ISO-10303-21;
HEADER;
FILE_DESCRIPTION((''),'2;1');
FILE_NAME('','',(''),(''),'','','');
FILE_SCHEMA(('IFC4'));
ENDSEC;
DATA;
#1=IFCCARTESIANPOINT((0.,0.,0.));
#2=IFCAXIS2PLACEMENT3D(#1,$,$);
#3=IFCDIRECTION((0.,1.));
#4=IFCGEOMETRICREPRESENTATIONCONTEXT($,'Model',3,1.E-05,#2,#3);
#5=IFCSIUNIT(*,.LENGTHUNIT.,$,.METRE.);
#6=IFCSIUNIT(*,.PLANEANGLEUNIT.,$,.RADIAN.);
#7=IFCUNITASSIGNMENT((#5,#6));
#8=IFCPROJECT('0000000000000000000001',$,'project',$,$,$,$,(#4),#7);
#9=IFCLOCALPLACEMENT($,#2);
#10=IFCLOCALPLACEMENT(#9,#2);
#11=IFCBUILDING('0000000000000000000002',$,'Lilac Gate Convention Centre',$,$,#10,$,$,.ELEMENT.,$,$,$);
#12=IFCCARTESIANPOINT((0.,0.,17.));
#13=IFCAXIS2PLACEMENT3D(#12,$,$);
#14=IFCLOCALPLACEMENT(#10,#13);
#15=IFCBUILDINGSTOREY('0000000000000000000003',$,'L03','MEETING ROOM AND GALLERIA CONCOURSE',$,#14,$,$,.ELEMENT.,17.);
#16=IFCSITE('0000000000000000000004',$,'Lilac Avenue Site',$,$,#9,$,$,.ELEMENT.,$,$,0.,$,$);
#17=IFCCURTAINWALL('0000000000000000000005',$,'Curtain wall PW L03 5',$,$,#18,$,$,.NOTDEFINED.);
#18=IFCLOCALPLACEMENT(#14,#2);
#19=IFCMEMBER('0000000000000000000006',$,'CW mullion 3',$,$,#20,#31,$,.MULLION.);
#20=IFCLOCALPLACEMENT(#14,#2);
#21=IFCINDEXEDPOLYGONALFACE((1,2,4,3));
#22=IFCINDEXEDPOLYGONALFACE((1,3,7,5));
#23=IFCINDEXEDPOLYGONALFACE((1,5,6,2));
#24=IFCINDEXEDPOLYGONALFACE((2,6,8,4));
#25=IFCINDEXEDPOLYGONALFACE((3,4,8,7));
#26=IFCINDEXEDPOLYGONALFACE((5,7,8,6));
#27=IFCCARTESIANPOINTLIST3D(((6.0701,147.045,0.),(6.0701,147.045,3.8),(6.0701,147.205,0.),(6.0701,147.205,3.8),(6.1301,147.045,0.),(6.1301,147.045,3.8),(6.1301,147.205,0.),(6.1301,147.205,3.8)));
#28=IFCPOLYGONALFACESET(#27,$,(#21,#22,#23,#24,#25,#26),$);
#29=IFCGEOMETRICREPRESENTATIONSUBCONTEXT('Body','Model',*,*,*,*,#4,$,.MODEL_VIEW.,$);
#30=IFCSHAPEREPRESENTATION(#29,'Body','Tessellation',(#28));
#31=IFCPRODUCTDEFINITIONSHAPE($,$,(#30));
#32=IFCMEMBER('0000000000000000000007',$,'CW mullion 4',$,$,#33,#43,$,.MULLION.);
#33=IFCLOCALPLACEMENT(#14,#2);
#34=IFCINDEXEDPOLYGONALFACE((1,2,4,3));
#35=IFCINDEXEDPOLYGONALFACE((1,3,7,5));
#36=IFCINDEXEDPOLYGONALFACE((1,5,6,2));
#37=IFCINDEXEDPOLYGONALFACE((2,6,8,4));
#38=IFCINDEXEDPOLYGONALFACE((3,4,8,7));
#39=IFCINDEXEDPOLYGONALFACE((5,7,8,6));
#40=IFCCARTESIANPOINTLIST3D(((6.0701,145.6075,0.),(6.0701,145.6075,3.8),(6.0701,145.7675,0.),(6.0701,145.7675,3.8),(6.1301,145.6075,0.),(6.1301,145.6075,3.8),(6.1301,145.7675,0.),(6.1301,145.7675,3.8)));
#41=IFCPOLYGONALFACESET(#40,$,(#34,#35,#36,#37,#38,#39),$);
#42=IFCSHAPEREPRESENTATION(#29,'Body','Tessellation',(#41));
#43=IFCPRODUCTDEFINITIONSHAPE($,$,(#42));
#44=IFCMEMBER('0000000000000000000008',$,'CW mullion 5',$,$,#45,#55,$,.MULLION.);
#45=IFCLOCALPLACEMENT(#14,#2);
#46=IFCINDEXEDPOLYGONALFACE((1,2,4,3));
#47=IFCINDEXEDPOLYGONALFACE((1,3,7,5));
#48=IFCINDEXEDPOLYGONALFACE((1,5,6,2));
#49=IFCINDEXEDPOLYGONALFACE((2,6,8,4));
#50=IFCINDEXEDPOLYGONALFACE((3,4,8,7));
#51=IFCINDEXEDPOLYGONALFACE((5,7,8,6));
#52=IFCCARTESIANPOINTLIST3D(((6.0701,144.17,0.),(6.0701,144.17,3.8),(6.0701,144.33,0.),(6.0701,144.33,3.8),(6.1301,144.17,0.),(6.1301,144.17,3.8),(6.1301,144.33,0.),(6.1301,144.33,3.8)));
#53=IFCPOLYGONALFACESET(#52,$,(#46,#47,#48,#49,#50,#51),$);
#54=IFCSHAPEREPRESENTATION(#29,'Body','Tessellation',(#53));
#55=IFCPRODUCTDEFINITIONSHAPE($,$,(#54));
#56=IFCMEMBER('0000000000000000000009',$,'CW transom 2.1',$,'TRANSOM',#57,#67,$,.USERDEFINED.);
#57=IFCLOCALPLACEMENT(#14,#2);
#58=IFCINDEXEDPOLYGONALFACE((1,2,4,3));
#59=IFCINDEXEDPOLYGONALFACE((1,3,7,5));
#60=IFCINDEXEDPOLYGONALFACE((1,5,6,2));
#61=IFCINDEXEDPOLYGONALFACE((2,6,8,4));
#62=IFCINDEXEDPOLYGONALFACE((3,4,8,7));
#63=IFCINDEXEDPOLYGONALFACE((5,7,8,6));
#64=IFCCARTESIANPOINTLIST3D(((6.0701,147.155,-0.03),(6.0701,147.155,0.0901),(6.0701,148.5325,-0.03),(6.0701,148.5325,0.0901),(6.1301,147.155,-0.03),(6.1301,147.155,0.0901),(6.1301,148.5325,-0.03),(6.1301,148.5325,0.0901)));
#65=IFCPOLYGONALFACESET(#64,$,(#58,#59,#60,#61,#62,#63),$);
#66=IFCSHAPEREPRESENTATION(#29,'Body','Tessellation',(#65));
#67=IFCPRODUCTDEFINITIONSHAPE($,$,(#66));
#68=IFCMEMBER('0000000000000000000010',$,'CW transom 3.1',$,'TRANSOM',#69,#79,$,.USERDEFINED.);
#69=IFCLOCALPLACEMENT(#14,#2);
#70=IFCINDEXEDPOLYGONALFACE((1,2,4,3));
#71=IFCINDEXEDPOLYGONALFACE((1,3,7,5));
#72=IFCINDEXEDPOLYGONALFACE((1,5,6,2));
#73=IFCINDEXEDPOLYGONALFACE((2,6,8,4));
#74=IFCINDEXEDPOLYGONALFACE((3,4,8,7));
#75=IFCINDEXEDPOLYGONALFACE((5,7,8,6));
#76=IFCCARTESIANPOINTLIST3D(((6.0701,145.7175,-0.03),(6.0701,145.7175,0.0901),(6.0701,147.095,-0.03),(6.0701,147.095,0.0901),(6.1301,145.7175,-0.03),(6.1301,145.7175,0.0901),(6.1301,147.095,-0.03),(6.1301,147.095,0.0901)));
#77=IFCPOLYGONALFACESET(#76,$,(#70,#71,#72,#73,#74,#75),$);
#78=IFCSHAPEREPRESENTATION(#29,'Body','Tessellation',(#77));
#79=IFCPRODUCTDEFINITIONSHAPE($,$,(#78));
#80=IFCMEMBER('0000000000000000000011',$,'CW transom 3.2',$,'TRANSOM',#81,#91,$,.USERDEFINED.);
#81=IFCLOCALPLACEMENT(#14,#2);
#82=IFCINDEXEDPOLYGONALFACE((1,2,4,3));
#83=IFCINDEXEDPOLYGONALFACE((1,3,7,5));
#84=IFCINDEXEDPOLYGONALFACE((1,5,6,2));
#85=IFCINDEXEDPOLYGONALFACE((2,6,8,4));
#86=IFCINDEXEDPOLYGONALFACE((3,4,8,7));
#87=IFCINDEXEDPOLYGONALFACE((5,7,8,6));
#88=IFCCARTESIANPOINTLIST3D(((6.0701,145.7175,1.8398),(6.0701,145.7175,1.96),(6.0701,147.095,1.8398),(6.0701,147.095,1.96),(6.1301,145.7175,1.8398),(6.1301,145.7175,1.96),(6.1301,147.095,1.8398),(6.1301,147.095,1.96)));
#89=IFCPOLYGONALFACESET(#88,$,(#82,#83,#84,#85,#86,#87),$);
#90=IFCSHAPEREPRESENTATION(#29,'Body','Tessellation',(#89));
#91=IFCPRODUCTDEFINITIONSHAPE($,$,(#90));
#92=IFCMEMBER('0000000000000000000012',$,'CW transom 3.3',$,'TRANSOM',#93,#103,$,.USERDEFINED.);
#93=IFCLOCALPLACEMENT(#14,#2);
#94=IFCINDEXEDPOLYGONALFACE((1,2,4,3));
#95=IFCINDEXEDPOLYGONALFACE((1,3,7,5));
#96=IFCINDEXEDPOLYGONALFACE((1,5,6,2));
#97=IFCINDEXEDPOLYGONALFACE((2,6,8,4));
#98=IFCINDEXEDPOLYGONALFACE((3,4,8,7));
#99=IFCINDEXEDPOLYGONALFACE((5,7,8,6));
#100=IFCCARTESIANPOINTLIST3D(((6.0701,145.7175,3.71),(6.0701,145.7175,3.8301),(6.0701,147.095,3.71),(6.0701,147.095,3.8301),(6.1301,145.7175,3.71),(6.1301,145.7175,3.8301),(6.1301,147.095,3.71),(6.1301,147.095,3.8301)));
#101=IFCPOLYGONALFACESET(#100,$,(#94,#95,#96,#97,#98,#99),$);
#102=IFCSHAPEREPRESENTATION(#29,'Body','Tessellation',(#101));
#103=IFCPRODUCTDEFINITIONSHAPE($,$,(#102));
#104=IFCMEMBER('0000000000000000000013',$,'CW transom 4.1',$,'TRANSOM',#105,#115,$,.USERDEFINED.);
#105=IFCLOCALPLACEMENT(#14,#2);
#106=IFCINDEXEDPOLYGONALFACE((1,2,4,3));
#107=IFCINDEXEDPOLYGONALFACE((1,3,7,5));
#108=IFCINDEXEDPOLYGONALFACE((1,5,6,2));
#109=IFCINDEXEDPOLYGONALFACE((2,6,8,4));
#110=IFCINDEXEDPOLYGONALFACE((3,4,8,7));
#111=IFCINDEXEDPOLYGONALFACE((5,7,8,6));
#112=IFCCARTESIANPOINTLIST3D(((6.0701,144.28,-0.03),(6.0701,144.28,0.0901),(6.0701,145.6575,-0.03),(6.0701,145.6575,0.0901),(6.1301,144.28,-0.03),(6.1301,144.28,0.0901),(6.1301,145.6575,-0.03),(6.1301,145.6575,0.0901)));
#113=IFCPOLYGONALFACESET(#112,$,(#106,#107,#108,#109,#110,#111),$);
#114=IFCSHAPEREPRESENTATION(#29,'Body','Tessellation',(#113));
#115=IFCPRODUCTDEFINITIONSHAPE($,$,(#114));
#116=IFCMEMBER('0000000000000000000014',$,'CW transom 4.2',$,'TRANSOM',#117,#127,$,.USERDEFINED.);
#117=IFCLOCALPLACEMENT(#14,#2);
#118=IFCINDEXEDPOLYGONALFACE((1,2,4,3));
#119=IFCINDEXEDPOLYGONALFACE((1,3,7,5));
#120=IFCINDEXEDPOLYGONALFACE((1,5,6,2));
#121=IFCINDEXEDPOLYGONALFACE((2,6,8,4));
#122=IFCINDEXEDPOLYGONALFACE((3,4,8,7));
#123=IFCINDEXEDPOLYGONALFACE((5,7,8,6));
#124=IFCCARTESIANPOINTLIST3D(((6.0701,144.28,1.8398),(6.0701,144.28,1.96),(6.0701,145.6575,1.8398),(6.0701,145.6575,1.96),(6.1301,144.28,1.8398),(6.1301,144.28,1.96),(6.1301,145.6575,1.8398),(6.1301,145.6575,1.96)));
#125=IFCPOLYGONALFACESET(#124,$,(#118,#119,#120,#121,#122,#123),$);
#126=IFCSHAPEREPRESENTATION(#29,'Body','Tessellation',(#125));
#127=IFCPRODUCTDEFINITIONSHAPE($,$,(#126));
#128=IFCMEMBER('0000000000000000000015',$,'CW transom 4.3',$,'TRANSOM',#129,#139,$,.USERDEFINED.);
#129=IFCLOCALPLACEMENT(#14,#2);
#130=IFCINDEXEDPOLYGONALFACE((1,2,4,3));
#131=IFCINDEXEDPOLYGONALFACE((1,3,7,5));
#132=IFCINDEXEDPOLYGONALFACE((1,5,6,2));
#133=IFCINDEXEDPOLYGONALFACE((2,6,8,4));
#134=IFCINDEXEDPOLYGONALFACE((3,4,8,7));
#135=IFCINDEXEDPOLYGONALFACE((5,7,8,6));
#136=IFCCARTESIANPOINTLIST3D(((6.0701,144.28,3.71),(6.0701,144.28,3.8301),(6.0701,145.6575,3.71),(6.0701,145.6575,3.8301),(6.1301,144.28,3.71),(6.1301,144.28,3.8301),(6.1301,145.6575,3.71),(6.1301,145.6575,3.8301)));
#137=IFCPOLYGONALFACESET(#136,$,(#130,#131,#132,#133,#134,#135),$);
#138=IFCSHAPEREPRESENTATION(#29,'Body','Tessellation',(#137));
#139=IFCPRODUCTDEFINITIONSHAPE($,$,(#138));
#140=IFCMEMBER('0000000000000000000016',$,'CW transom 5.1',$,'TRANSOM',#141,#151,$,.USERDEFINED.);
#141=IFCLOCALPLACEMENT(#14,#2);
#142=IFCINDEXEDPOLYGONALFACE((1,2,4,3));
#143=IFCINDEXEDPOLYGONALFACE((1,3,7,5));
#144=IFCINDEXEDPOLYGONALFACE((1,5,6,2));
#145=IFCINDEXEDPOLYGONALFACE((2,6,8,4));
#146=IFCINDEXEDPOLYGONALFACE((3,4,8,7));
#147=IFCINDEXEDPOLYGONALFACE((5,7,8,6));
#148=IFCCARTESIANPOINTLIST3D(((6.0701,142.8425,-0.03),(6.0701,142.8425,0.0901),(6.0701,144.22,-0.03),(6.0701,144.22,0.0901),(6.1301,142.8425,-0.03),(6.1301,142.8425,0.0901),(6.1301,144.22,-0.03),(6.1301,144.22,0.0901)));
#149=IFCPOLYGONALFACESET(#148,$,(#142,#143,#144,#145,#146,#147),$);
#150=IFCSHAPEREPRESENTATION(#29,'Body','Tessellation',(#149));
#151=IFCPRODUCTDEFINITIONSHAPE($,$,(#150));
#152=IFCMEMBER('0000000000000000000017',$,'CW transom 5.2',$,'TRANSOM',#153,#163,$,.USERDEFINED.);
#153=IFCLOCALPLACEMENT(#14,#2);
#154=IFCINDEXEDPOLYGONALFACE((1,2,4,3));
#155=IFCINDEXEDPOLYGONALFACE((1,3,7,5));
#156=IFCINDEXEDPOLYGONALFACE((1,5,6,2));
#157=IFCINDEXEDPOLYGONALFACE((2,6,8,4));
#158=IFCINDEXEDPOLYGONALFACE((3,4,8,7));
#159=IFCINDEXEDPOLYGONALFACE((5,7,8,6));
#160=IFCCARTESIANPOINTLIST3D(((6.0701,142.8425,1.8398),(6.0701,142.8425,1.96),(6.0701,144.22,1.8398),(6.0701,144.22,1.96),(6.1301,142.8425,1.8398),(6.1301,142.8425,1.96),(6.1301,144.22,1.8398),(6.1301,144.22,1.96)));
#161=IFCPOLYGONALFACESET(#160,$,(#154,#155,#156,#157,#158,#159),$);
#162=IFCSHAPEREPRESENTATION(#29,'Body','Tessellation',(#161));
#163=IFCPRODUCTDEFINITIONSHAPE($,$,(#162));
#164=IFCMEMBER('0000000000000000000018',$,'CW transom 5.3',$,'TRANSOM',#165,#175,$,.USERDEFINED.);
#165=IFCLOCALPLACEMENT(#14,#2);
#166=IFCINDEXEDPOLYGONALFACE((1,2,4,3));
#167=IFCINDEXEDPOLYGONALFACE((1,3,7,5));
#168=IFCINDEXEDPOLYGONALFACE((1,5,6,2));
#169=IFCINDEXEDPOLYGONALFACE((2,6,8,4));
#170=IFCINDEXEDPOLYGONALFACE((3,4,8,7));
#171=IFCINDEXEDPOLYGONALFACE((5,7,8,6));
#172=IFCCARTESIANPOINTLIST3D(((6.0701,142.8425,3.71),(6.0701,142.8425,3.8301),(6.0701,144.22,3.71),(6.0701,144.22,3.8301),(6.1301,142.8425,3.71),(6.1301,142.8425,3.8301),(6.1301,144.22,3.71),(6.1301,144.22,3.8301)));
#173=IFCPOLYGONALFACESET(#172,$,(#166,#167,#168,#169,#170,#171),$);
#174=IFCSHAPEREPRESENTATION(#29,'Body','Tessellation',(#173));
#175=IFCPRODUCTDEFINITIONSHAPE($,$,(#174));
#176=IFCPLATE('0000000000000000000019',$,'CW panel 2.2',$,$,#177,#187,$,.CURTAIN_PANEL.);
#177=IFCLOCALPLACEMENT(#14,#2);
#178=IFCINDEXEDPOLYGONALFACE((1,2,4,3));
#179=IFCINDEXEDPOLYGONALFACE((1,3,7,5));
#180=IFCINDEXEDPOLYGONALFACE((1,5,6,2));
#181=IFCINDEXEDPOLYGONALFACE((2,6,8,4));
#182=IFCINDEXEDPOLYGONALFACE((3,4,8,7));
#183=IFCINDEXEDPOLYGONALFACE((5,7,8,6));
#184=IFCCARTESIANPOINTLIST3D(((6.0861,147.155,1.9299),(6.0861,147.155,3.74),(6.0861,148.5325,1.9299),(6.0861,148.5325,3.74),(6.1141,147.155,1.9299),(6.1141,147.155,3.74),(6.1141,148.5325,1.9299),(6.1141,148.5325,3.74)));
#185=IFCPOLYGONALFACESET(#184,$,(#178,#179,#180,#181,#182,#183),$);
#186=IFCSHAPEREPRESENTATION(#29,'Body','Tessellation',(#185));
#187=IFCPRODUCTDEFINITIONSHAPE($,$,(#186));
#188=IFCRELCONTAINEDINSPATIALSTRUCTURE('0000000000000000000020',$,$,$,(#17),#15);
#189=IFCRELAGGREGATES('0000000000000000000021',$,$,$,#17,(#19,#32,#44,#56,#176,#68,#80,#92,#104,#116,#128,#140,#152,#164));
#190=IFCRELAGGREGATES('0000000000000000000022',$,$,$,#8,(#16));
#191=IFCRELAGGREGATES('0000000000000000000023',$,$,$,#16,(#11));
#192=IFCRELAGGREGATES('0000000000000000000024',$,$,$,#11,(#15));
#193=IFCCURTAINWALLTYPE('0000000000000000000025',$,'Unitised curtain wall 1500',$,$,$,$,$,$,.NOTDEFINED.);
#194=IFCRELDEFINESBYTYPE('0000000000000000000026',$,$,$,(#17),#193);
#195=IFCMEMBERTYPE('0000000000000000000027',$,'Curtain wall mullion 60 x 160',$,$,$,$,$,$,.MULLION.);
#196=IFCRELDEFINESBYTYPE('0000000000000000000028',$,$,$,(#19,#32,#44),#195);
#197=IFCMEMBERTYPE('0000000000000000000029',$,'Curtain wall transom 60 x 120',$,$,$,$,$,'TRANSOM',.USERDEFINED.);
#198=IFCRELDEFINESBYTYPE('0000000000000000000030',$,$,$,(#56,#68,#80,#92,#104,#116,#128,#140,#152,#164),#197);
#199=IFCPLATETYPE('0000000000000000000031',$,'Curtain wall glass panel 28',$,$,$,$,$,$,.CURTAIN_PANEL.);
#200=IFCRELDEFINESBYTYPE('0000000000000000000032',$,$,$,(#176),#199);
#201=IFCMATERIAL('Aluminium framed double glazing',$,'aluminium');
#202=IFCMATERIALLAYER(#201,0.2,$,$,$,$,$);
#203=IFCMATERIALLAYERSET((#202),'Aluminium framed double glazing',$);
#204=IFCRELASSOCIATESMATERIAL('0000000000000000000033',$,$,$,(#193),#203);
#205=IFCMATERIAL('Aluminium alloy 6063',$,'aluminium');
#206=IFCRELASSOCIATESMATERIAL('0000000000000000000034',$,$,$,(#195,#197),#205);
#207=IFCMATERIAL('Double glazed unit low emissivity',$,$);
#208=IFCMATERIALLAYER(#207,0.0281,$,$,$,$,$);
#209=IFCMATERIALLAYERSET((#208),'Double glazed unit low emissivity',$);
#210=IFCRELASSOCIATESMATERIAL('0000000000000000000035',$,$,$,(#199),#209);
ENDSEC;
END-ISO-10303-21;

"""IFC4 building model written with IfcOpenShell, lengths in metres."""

from ifc_helpers import new_model, si_unit, direction, frame, origin, origin_2d, place, context, subcontext, project, spatial, rectangle, extrude, material, layer, layer_set, material_profile, profile_set, type_object, element, aggregate, save


model = new_model("IFC4")

# Units and contexts
model_context = context("Model", 3, precision=1e-05, world=origin(), true_north=direction((0.0, 1.0)))
body_context = subcontext(model_context, "Body", "Model", "MODEL_VIEW")
ifc_project = project(units=[si_unit("LENGTHUNIT", "METRE"), si_unit("PLANEANGLEUNIT", "RADIAN")], contexts=[model_context])

# Site, building, storey
site_placement = place(None, origin())
site = spatial("IfcSite", under=ifc_project, at=site_placement, Name="Lilac Avenue Site", CompositionType="ELEMENT", RefElevation=0.0)
building_placement = place(site_placement, origin())
building = spatial("IfcBuilding", under=site, at=building_placement, Name="Lilac Gate Convention Centre", CompositionType="ELEMENT")
storey_placement = place(building_placement, frame((0.0, 0.0, 17.0)))
storey = spatial("IfcBuildingStorey", under=building, at=storey_placement, Name="L03", Description="MEETING ROOM AND GALLERIA CONCOURSE", CompositionType="ELEMENT", Elevation=17.0)

# Curtain wall, members, plate
ifc_material_1 = material(Name="Aluminium framed double glazing", Category="aluminium")
ifc_layer_1 = layer(ifc_material_1, 0.2)
ifc_layer_set_1 = layer_set([ifc_layer_1], Name="Aluminium framed double glazing")
curtain_wall_type = type_object("IfcCurtainWallType", Name="Unitised curtain wall 1500", PredefinedType="NOTDEFINED", material=ifc_layer_set_1)
curtain_wall_placement = place(storey_placement, origin())
curtain_wall = element("IfcCurtainWall", 1, at=curtain_wall_placement, inside=storey, type_object=curtain_wall_type, Name="Curtain wall PW L03 5", PredefinedType="NOTDEFINED")
ifc_material_2 = material(Name="Aluminium alloy 6063", Category="aluminium")
ifc_material_profile_1 = material_profile(ifc_material_2, rectangle(XDim=0.0601, YDim=0.1599, at=origin_2d()), Name="Curtain wall mullion 60 x 160")
ifc_profile_set_1 = profile_set([ifc_material_profile_1], Name="Aluminium alloy 6063")
member_type_1 = type_object("IfcMemberType", Name="Curtain wall mullion 60 x 160", PredefinedType="MULLION", material=ifc_profile_set_1)
member_1_placement = place(storey_placement, frame((6.1001, 147.125, 0.0), z_axis=(0.0, 0.0, 1.0), x_axis=(1.0, 0.0, 0.0)))
member_1 = element("IfcMember", 2, at=member_1_placement, type_object=member_type_1, Name="CW mullion 3", PredefinedType="MULLION", context=body_context, shape_type="SweptSolid", body=[
    extrude(rectangle(XDim=0.0601, YDim=0.1599, at=origin_2d()), origin(), (0.0, 0.0, 1.0), 3.8),
])
member_2_placement = place(storey_placement, frame((6.1001, 145.6875, 0.0), z_axis=(0.0, 0.0, 1.0), x_axis=(1.0, 0.0, 0.0)))
member_2 = element("IfcMember", 3, at=member_2_placement, type_object=member_type_1, Name="CW mullion 4", PredefinedType="MULLION", context=body_context, shape_type="SweptSolid", body=[
    extrude(rectangle(XDim=0.0601, YDim=0.1599, at=origin_2d()), origin(), (0.0, 0.0, 1.0), 3.8),
])
member_3_placement = place(storey_placement, frame((6.1001, 144.25, 0.0), z_axis=(0.0, 0.0, 1.0), x_axis=(1.0, 0.0, 0.0)))
member_3 = element("IfcMember", 4, at=member_3_placement, type_object=member_type_1, Name="CW mullion 5", PredefinedType="MULLION", context=body_context, shape_type="SweptSolid", body=[
    extrude(rectangle(XDim=0.0601, YDim=0.1599, at=origin_2d()), origin(), (0.0, 0.0, 1.0), 3.8),
])
ifc_material_profile_2 = material_profile(ifc_material_2, rectangle(XDim=0.0601, YDim=0.1201, at=origin_2d()), Name="Curtain wall transom 60 x 120")
ifc_profile_set_2 = profile_set([ifc_material_profile_2], Name="Aluminium alloy 6063")
member_type_2 = type_object("IfcMemberType", Name="Curtain wall transom 60 x 120", ElementType="TRANSOM", PredefinedType="USERDEFINED", material=ifc_profile_set_2)
member_4_placement = place(storey_placement, frame((6.1001, 148.5325, 0.03), z_axis=(0.0, -1.0, 0.0), x_axis=(1.0, 0.0, 0.0)))
member_4 = element("IfcMember", 5, at=member_4_placement, type_object=member_type_2, Name="CW transom 2.1", ObjectType="TRANSOM", PredefinedType="USERDEFINED", context=body_context, shape_type="SweptSolid", body=[
    extrude(rectangle(XDim=0.0601, YDim=0.1201, at=origin_2d()), origin(), (0.0, 0.0, 1.0), 1.3774),
])
member_5_placement = place(storey_placement, frame((6.1001, 147.095, 0.03), z_axis=(0.0, -1.0, 0.0), x_axis=(1.0, 0.0, 0.0)))
member_5 = element("IfcMember", 6, at=member_5_placement, type_object=member_type_2, Name="CW transom 3.1", ObjectType="TRANSOM", PredefinedType="USERDEFINED", context=body_context, shape_type="SweptSolid", body=[
    extrude(rectangle(XDim=0.0601, YDim=0.1201, at=origin_2d()), origin(), (0.0, 0.0, 1.0), 1.3774),
])
member_6_placement = place(storey_placement, frame((6.1001, 147.095, 1.8999), z_axis=(0.0, -1.0, 0.0), x_axis=(1.0, 0.0, 0.0)))
member_6 = element("IfcMember", 7, at=member_6_placement, type_object=member_type_2, Name="CW transom 3.2", ObjectType="TRANSOM", PredefinedType="USERDEFINED", context=body_context, shape_type="SweptSolid", body=[
    extrude(rectangle(XDim=0.0601, YDim=0.1201, at=origin_2d()), origin(), (0.0, 0.0, 1.0), 1.3774),
])
member_7_placement = place(storey_placement, frame((6.1001, 147.095, 3.77), z_axis=(0.0, -1.0, 0.0), x_axis=(1.0, 0.0, 0.0)))
member_7 = element("IfcMember", 8, at=member_7_placement, type_object=member_type_2, Name="CW transom 3.3", ObjectType="TRANSOM", PredefinedType="USERDEFINED", context=body_context, shape_type="SweptSolid", body=[
    extrude(rectangle(XDim=0.0601, YDim=0.1201, at=origin_2d()), origin(), (0.0, 0.0, 1.0), 1.3774),
])
member_8_placement = place(storey_placement, frame((6.1001, 145.6575, 0.03), z_axis=(0.0, -1.0, 0.0), x_axis=(1.0, 0.0, 0.0)))
member_8 = element("IfcMember", 9, at=member_8_placement, type_object=member_type_2, Name="CW transom 4.1", ObjectType="TRANSOM", PredefinedType="USERDEFINED", context=body_context, shape_type="SweptSolid", body=[
    extrude(rectangle(XDim=0.0601, YDim=0.1201, at=origin_2d()), origin(), (0.0, 0.0, 1.0), 1.3774),
])
member_9_placement = place(storey_placement, frame((6.1001, 145.6575, 1.8999), z_axis=(0.0, -1.0, 0.0), x_axis=(1.0, 0.0, 0.0)))
member_9 = element("IfcMember", 10, at=member_9_placement, type_object=member_type_2, Name="CW transom 4.2", ObjectType="TRANSOM", PredefinedType="USERDEFINED", context=body_context, shape_type="SweptSolid", body=[
    extrude(rectangle(XDim=0.0601, YDim=0.1201, at=origin_2d()), origin(), (0.0, 0.0, 1.0), 1.3774),
])
member_10_placement = place(storey_placement, frame((6.1001, 145.6575, 3.77), z_axis=(0.0, -1.0, 0.0), x_axis=(1.0, 0.0, 0.0)))
member_10 = element("IfcMember", 11, at=member_10_placement, type_object=member_type_2, Name="CW transom 4.3", ObjectType="TRANSOM", PredefinedType="USERDEFINED", context=body_context, shape_type="SweptSolid", body=[
    extrude(rectangle(XDim=0.0601, YDim=0.1201, at=origin_2d()), origin(), (0.0, 0.0, 1.0), 1.3774),
])
member_11_placement = place(storey_placement, frame((6.1001, 144.22, 0.03), z_axis=(0.0, -1.0, 0.0), x_axis=(1.0, 0.0, 0.0)))
member_11 = element("IfcMember", 12, at=member_11_placement, type_object=member_type_2, Name="CW transom 5.1", ObjectType="TRANSOM", PredefinedType="USERDEFINED", context=body_context, shape_type="SweptSolid", body=[
    extrude(rectangle(XDim=0.0601, YDim=0.1201, at=origin_2d()), origin(), (0.0, 0.0, 1.0), 1.3774),
])
member_12_placement = place(storey_placement, frame((6.1001, 144.22, 1.8999), z_axis=(0.0, -1.0, 0.0), x_axis=(1.0, 0.0, 0.0)))
member_12 = element("IfcMember", 13, at=member_12_placement, type_object=member_type_2, Name="CW transom 5.2", ObjectType="TRANSOM", PredefinedType="USERDEFINED", context=body_context, shape_type="SweptSolid", body=[
    extrude(rectangle(XDim=0.0601, YDim=0.1201, at=origin_2d()), origin(), (0.0, 0.0, 1.0), 1.3774),
])
member_13_placement = place(storey_placement, frame((6.1001, 144.22, 3.77), z_axis=(0.0, -1.0, 0.0), x_axis=(1.0, 0.0, 0.0)))
member_13 = element("IfcMember", 14, at=member_13_placement, type_object=member_type_2, Name="CW transom 5.3", ObjectType="TRANSOM", PredefinedType="USERDEFINED", context=body_context, shape_type="SweptSolid", body=[
    extrude(rectangle(XDim=0.0601, YDim=0.1201, at=origin_2d()), origin(), (0.0, 0.0, 1.0), 1.3774),
])
ifc_material_3 = material(Name="Double glazed unit low emissivity")
ifc_layer_2 = layer(ifc_material_3, 0.0281)
ifc_layer_set_2 = layer_set([ifc_layer_2], Name="Double glazed unit low emissivity")
plate_type_1 = type_object("IfcPlateType", Name="Curtain wall glass panel 28", PredefinedType="CURTAIN_PANEL", material=ifc_layer_set_2)
plate_1_placement = place(storey_placement, frame((6.1001, 147.8438, 1.9299), z_axis=(0.0, 0.0, 1.0), x_axis=(0.0, -1.0, 0.0)))
plate_1 = element("IfcPlate", 15, at=plate_1_placement, type_object=plate_type_1, Name="CW panel 2.2", PredefinedType="CURTAIN_PANEL", context=body_context, shape_type="SweptSolid", body=[
    extrude(rectangle(XDim=1.3774, YDim=0.0281, at=origin_2d()), origin(), (0.0, 0.0, 1.0), 1.8101),
])
aggregate(curtain_wall, [member_1, member_2, member_3, member_4, plate_1, member_5, member_6, member_7, member_8, member_9, member_10, member_11, member_12, member_13])

save(model, "model.ifc")
